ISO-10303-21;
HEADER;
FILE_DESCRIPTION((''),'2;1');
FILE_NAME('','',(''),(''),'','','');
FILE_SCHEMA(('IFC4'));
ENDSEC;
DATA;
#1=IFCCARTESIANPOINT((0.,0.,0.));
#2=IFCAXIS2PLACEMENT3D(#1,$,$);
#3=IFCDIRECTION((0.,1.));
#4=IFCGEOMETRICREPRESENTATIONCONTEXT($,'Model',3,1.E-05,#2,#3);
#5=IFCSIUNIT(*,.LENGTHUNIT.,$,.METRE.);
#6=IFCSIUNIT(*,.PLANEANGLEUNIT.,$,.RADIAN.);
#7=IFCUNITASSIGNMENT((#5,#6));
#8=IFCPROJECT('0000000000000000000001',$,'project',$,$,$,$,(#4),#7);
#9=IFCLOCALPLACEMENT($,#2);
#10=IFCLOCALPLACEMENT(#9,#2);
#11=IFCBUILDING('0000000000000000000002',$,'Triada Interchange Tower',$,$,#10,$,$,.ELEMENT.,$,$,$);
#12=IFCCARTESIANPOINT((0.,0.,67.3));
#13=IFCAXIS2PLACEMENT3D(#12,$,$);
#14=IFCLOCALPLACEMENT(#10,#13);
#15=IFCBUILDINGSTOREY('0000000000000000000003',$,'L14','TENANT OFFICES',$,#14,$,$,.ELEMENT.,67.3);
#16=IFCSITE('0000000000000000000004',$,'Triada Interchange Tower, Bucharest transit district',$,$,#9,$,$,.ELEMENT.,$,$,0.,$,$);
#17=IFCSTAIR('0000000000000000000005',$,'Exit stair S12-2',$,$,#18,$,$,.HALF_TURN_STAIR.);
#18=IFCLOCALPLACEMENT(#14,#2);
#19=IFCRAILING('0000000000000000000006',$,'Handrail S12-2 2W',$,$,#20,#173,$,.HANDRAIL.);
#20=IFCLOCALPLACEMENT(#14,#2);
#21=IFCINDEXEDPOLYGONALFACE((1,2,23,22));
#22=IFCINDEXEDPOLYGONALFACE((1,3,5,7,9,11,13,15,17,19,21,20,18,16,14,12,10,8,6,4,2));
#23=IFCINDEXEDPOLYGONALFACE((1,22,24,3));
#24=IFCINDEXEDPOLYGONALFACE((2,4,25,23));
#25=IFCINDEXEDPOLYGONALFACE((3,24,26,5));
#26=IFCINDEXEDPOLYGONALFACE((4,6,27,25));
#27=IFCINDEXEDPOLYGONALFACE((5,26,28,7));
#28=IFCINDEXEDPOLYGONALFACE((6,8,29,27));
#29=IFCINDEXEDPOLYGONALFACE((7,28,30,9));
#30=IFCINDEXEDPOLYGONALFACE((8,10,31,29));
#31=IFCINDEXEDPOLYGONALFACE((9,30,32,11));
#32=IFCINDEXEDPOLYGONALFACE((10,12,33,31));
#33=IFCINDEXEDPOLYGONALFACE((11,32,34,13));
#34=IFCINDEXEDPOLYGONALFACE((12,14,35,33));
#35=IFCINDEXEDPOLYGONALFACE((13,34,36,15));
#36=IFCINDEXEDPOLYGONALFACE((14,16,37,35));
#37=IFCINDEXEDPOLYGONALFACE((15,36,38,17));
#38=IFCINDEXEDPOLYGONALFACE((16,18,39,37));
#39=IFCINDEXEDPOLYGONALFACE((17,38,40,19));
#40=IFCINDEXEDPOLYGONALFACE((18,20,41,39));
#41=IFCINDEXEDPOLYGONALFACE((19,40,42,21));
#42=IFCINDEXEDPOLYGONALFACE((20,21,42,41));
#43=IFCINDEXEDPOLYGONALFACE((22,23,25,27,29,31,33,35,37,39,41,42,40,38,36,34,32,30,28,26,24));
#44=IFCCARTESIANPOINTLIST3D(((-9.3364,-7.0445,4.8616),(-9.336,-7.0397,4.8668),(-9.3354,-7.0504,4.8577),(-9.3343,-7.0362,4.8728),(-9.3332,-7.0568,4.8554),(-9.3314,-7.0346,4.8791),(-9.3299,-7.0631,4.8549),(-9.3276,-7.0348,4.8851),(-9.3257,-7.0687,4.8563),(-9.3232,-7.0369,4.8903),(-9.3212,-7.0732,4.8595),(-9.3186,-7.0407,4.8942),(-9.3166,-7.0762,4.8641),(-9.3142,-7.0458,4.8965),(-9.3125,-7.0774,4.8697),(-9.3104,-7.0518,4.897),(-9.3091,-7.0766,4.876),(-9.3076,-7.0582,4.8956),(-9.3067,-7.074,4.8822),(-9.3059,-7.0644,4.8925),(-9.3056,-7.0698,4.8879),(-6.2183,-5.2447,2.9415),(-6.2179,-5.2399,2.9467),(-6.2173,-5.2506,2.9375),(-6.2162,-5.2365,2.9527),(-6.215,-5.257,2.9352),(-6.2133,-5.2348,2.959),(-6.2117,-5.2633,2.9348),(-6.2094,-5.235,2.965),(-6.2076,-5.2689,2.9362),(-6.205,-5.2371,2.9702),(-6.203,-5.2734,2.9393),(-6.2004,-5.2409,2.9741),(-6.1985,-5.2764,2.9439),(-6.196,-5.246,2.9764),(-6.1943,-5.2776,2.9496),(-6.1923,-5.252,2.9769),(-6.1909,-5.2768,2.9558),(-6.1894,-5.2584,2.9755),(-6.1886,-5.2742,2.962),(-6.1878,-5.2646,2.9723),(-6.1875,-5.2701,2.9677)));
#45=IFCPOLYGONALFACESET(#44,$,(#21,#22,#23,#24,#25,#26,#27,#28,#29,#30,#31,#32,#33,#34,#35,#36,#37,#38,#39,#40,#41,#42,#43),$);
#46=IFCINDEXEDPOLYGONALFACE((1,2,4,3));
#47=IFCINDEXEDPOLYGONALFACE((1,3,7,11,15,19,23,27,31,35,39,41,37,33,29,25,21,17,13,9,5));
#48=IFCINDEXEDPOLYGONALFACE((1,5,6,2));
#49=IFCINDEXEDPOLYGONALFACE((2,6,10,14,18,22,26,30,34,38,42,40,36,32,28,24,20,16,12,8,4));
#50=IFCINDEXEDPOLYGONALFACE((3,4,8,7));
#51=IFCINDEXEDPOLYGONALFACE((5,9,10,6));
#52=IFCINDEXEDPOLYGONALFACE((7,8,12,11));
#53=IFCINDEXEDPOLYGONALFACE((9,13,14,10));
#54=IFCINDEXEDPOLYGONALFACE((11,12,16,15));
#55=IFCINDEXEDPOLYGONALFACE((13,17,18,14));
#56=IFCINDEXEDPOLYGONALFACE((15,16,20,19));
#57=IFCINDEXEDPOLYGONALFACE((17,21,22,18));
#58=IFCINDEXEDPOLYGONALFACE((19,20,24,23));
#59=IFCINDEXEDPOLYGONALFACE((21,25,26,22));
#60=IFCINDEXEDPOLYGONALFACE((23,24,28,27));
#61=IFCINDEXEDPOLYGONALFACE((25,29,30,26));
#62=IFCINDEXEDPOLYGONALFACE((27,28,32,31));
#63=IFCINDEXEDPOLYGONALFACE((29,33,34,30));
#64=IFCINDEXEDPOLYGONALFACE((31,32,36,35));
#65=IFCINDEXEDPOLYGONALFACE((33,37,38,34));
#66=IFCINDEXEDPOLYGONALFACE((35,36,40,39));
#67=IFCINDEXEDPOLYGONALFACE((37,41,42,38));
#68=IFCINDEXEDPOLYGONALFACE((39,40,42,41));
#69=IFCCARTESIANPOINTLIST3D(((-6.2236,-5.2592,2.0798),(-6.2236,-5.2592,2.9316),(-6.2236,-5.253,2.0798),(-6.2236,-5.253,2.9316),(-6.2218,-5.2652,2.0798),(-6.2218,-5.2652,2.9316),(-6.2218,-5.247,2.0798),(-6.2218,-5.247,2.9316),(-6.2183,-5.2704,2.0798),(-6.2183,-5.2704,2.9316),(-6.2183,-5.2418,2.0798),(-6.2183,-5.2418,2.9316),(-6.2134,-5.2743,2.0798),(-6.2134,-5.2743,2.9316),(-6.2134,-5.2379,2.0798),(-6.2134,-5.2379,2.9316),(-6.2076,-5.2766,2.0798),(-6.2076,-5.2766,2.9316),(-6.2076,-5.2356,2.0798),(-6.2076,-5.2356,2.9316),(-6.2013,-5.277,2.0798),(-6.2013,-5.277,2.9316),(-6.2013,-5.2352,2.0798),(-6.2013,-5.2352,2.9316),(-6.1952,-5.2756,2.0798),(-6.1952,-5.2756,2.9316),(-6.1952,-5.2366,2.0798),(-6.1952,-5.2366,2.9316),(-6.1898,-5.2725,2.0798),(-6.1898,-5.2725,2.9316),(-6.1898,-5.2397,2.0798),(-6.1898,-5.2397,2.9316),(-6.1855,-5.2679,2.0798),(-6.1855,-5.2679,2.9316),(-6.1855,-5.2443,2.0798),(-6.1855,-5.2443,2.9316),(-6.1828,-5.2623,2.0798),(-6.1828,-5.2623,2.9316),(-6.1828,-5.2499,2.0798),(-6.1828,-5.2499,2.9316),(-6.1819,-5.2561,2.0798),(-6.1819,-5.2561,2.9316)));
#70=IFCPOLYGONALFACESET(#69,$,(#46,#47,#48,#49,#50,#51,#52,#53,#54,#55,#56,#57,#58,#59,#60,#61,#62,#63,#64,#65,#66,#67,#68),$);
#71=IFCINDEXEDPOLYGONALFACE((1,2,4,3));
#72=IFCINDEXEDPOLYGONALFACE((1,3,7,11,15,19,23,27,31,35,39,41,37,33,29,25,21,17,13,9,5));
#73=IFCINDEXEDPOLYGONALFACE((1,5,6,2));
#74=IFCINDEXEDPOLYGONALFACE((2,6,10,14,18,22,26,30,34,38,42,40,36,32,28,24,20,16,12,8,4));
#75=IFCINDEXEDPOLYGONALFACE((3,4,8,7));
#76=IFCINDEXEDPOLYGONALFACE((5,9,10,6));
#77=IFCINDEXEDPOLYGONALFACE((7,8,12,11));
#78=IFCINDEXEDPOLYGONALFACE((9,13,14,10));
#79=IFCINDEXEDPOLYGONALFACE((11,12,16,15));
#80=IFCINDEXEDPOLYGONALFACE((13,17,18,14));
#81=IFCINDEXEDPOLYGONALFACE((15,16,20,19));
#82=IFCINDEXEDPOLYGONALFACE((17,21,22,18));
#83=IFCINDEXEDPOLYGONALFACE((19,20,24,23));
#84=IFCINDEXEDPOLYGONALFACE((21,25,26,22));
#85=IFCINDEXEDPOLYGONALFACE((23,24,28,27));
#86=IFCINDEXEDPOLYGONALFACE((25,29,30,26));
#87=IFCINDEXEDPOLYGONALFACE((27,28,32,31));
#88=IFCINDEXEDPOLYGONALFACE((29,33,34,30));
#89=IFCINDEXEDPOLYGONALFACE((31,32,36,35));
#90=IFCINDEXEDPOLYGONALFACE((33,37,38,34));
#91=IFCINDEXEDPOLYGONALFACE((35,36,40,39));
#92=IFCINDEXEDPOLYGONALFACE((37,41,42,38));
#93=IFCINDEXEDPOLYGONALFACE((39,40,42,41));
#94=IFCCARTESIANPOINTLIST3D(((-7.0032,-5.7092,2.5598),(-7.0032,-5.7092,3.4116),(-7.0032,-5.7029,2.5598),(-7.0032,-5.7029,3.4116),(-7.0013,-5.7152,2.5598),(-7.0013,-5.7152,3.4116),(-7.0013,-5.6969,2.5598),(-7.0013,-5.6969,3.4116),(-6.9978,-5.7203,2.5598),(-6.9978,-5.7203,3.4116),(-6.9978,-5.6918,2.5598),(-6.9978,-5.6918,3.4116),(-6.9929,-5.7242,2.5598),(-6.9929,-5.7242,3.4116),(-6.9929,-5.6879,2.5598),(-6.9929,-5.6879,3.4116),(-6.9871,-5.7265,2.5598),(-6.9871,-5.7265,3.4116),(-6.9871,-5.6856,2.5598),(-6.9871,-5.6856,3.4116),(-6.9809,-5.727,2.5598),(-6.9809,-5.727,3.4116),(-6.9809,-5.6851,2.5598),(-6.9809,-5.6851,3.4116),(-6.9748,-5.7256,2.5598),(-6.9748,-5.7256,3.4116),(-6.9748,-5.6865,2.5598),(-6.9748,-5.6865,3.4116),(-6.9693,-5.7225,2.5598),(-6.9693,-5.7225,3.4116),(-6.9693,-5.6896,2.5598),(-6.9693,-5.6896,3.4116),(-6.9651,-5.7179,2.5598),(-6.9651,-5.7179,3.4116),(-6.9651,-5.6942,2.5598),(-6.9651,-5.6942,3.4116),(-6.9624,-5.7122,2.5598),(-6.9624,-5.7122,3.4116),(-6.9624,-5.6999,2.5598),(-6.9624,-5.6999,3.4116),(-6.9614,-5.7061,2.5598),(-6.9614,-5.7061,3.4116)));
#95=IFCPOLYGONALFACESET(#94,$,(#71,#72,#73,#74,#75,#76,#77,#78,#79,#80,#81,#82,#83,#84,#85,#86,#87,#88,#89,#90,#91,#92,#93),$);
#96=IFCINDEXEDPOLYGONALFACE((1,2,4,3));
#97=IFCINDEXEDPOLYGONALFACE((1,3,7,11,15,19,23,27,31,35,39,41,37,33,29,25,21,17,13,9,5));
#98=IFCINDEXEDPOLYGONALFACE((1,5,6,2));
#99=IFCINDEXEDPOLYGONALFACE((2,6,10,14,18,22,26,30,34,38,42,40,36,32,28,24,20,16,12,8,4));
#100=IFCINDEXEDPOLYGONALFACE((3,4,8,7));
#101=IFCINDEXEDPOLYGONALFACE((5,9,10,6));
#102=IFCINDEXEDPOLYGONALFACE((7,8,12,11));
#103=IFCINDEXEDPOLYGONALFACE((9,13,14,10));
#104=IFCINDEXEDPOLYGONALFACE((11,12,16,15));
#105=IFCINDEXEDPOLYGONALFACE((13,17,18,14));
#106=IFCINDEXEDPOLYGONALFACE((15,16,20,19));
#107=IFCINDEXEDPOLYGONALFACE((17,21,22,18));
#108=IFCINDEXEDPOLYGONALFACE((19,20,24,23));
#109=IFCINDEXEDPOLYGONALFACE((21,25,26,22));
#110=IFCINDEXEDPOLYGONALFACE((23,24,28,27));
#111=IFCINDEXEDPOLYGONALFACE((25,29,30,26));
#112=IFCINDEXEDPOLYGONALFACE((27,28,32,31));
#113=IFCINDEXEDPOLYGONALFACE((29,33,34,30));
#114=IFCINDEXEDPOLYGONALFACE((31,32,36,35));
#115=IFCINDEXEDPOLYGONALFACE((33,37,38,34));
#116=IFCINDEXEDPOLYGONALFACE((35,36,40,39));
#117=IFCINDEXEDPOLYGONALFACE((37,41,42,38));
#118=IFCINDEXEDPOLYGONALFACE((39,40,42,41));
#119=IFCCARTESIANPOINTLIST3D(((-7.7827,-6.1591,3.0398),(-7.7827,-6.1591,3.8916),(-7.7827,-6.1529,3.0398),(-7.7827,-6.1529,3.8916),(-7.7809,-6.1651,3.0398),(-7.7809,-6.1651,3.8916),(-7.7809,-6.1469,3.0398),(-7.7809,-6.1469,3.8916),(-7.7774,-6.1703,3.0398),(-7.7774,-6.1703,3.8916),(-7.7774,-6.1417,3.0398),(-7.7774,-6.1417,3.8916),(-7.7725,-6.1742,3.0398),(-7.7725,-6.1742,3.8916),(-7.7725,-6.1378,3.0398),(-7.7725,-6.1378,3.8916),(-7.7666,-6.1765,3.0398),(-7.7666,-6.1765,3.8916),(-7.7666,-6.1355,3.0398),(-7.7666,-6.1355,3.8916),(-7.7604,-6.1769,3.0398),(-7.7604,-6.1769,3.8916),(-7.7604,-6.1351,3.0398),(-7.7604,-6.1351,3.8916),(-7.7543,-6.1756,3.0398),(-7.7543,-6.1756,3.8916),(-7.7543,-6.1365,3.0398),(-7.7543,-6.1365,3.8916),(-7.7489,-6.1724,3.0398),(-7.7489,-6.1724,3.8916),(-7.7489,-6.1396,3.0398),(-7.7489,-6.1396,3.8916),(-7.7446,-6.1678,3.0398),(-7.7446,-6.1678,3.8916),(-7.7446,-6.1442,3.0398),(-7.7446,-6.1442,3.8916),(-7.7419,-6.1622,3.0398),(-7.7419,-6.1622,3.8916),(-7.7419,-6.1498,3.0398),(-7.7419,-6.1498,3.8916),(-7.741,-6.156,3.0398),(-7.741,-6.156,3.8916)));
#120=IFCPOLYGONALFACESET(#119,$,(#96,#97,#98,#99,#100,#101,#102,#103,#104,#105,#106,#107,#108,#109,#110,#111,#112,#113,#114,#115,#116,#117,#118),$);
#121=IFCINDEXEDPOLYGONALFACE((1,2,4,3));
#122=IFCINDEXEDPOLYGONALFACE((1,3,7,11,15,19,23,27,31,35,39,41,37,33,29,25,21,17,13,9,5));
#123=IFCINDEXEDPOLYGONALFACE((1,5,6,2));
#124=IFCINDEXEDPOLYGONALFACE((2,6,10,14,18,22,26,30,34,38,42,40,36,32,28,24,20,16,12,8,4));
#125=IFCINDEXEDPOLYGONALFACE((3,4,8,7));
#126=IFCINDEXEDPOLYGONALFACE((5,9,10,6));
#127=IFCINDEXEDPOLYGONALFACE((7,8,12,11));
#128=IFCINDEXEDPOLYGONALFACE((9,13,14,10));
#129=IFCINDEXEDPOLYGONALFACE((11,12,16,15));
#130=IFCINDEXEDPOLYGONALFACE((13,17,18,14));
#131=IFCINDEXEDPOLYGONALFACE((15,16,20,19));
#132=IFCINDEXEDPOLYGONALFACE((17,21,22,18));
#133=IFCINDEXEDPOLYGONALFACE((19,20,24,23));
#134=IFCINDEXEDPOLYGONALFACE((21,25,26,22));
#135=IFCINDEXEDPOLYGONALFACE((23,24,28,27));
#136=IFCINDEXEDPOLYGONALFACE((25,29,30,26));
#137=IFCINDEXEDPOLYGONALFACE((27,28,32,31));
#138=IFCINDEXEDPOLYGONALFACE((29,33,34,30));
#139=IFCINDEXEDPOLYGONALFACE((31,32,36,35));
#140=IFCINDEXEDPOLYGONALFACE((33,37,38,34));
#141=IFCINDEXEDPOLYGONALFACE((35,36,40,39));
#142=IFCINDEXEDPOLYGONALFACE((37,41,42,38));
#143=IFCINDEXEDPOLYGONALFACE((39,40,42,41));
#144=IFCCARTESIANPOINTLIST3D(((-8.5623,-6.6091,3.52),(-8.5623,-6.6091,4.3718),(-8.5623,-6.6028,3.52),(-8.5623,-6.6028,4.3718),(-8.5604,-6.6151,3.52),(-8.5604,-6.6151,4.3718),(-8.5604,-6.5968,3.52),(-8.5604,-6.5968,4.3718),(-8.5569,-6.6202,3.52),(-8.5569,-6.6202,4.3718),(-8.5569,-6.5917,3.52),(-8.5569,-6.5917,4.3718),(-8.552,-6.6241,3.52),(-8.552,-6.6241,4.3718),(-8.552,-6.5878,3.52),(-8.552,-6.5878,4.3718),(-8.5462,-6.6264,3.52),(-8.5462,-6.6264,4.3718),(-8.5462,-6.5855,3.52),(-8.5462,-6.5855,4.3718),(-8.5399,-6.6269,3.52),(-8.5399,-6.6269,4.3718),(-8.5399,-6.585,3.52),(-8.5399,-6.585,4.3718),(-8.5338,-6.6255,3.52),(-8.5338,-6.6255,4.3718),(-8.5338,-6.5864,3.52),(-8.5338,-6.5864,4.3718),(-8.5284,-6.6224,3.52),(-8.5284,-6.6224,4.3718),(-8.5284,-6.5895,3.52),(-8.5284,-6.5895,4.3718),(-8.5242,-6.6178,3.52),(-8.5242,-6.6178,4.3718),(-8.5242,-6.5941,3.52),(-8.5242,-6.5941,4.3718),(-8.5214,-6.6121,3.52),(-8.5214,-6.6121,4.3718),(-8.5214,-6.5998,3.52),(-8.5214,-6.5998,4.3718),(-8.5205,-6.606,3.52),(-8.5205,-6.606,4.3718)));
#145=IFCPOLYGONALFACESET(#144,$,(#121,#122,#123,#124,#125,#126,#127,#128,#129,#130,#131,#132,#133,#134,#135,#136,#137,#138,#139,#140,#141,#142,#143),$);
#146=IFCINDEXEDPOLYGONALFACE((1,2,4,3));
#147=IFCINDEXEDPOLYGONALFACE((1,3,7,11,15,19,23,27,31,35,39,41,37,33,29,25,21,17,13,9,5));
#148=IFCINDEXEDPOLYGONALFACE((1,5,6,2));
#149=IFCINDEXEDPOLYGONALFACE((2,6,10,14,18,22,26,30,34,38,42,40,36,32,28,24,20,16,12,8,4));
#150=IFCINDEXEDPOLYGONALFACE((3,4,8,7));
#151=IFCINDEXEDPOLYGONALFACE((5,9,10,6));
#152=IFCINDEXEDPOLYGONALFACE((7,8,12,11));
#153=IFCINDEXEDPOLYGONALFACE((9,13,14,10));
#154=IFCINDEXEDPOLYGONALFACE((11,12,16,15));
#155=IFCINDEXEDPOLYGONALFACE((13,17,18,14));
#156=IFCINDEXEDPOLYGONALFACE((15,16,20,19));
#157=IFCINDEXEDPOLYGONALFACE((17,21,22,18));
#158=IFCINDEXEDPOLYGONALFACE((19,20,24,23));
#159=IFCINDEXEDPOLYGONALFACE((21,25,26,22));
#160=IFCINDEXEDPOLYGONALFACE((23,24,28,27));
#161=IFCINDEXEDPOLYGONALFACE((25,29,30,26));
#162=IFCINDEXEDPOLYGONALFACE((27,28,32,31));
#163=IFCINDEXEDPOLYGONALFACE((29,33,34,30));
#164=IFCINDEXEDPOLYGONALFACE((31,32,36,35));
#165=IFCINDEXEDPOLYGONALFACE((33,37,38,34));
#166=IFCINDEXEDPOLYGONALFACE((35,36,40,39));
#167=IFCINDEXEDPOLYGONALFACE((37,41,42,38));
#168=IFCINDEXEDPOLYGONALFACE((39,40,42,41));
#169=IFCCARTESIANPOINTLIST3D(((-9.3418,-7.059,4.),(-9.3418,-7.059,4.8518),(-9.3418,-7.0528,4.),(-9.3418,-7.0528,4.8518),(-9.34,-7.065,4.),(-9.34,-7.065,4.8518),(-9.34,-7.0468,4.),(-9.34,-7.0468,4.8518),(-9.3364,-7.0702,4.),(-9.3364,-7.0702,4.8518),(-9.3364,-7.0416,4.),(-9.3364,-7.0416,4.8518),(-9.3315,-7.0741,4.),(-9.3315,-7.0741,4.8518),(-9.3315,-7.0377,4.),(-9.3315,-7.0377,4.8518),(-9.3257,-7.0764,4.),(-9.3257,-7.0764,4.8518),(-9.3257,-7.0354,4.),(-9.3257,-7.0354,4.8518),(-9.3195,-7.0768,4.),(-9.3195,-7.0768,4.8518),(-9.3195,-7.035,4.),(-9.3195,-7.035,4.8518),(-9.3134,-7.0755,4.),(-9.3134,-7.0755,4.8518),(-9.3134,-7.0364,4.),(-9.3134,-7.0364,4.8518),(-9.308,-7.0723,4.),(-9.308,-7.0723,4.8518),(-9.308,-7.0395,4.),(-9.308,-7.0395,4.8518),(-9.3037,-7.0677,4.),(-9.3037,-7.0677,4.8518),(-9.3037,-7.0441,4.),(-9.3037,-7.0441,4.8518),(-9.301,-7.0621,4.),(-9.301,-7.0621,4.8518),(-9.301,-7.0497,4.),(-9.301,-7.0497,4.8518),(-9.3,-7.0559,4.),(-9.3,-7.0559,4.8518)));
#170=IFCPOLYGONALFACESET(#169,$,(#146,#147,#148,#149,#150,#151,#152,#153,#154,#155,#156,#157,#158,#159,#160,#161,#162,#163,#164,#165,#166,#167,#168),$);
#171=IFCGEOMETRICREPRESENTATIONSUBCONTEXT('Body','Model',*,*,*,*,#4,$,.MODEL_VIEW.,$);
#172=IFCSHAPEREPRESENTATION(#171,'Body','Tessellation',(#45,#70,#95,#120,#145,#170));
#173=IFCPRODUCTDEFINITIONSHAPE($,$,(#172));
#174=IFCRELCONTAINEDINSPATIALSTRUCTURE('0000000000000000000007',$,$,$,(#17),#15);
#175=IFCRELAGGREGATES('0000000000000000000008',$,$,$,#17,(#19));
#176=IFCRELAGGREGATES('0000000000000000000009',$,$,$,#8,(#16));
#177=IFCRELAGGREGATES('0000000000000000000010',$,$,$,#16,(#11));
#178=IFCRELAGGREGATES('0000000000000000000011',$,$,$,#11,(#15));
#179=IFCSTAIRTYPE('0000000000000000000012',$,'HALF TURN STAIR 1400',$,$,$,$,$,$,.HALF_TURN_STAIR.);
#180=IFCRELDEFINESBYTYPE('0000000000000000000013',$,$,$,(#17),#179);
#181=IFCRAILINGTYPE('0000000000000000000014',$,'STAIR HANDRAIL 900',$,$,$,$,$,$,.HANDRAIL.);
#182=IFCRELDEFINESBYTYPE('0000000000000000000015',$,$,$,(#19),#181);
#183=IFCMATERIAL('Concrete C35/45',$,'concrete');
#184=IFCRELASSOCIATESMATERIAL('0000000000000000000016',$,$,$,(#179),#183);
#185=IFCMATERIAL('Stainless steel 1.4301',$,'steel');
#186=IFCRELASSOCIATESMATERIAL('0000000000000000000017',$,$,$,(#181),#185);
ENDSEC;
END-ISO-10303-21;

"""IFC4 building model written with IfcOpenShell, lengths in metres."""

from ifc_helpers import new_model, si_unit, direction, frame, origin, origin_2d, place, context, subcontext, project, spatial, circle, extrude, material, type_object, element, aggregate, save


model = new_model("IFC4")

# Units and contexts
model_context = context("Model", 3, precision=1e-05, world=origin(), true_north=direction((0.0, 1.0)))
body_context = subcontext(model_context, "Body", "Model", "MODEL_VIEW")
ifc_project = project(units=[si_unit("LENGTHUNIT", "METRE"), si_unit("PLANEANGLEUNIT", "RADIAN")], contexts=[model_context])

# Site, building, storey
site_placement = place(None, origin())
site = spatial("IfcSite", under=ifc_project, at=site_placement, Name="Triada Interchange Tower, Bucharest transit district", CompositionType="ELEMENT", RefElevation=0.0)
building_placement = place(site_placement, origin())
building = spatial("IfcBuilding", under=site, at=building_placement, Name="Triada Interchange Tower", CompositionType="ELEMENT")
storey_placement = place(building_placement, frame((0.0, 0.0, 67.3)))
storey = spatial("IfcBuildingStorey", under=building, at=storey_placement, Name="L14", Description="TENANT OFFICES", CompositionType="ELEMENT", Elevation=67.3)

# Stair, railing
ifc_material_1 = material(Name="Concrete C35/45", Category="concrete")
stair_type = type_object("IfcStairType", Name="HALF TURN STAIR 1400", PredefinedType="HALF_TURN_STAIR", material=ifc_material_1)
stair_placement = place(storey_placement, origin())
stair = element("IfcStair", 1, at=stair_placement, inside=storey, type_object=stair_type, Name="Exit stair S12-2", PredefinedType="HALF_TURN_STAIR")
ifc_material_2 = material(Name="Stainless steel 1.4301", Category="steel")
railing_type = type_object("IfcRailingType", Name="STAIR HANDRAIL 900", PredefinedType="HANDRAIL", material=ifc_material_2)
railing_1_placement = place(storey_placement, frame((-6.2029, -5.2561, 2.0798)))
railing_1 = element("IfcRailing", 2, at=railing_1_placement, type_object=railing_type, Name="Handrail S12-2 2W", PredefinedType="HANDRAIL", context=body_context, shape_type="SweptSolid", body=[
    extrude(circle(Radius=0.0239, at=origin_2d()), frame((0.0, 0.0, 0.876), z_axis=(-0.76419, -0.44109, 0.470588), x_axis=(0.499902, -0.866082, 0.0)), (0.0, 0.0, 1.0), 4.0803),
    extrude(circle(Radius=0.021, at=origin_2d()), origin(), (0.0, 0.0, 1.0), 0.8518),
    extrude(circle(Radius=0.021, at=origin_2d()), frame((-0.7795, -0.45, 0.48)), (0.0, 0.0, 1.0), 0.8518),
    extrude(circle(Radius=0.021, at=origin_2d()), frame((-1.5591, -0.8999, 0.96)), (0.0, 0.0, 1.0), 0.8518),
    extrude(circle(Radius=0.021, at=origin_2d()), frame((-2.3386, -1.3499, 1.4402)), (0.0, 0.0, 1.0), 0.8518),
    extrude(circle(Radius=0.021, at=origin_2d()), frame((-3.1182, -1.7998, 1.9202)), (0.0, 0.0, 1.0), 0.8518),
])
aggregate(stair, [railing_1])

save(model, "model.ifc")
